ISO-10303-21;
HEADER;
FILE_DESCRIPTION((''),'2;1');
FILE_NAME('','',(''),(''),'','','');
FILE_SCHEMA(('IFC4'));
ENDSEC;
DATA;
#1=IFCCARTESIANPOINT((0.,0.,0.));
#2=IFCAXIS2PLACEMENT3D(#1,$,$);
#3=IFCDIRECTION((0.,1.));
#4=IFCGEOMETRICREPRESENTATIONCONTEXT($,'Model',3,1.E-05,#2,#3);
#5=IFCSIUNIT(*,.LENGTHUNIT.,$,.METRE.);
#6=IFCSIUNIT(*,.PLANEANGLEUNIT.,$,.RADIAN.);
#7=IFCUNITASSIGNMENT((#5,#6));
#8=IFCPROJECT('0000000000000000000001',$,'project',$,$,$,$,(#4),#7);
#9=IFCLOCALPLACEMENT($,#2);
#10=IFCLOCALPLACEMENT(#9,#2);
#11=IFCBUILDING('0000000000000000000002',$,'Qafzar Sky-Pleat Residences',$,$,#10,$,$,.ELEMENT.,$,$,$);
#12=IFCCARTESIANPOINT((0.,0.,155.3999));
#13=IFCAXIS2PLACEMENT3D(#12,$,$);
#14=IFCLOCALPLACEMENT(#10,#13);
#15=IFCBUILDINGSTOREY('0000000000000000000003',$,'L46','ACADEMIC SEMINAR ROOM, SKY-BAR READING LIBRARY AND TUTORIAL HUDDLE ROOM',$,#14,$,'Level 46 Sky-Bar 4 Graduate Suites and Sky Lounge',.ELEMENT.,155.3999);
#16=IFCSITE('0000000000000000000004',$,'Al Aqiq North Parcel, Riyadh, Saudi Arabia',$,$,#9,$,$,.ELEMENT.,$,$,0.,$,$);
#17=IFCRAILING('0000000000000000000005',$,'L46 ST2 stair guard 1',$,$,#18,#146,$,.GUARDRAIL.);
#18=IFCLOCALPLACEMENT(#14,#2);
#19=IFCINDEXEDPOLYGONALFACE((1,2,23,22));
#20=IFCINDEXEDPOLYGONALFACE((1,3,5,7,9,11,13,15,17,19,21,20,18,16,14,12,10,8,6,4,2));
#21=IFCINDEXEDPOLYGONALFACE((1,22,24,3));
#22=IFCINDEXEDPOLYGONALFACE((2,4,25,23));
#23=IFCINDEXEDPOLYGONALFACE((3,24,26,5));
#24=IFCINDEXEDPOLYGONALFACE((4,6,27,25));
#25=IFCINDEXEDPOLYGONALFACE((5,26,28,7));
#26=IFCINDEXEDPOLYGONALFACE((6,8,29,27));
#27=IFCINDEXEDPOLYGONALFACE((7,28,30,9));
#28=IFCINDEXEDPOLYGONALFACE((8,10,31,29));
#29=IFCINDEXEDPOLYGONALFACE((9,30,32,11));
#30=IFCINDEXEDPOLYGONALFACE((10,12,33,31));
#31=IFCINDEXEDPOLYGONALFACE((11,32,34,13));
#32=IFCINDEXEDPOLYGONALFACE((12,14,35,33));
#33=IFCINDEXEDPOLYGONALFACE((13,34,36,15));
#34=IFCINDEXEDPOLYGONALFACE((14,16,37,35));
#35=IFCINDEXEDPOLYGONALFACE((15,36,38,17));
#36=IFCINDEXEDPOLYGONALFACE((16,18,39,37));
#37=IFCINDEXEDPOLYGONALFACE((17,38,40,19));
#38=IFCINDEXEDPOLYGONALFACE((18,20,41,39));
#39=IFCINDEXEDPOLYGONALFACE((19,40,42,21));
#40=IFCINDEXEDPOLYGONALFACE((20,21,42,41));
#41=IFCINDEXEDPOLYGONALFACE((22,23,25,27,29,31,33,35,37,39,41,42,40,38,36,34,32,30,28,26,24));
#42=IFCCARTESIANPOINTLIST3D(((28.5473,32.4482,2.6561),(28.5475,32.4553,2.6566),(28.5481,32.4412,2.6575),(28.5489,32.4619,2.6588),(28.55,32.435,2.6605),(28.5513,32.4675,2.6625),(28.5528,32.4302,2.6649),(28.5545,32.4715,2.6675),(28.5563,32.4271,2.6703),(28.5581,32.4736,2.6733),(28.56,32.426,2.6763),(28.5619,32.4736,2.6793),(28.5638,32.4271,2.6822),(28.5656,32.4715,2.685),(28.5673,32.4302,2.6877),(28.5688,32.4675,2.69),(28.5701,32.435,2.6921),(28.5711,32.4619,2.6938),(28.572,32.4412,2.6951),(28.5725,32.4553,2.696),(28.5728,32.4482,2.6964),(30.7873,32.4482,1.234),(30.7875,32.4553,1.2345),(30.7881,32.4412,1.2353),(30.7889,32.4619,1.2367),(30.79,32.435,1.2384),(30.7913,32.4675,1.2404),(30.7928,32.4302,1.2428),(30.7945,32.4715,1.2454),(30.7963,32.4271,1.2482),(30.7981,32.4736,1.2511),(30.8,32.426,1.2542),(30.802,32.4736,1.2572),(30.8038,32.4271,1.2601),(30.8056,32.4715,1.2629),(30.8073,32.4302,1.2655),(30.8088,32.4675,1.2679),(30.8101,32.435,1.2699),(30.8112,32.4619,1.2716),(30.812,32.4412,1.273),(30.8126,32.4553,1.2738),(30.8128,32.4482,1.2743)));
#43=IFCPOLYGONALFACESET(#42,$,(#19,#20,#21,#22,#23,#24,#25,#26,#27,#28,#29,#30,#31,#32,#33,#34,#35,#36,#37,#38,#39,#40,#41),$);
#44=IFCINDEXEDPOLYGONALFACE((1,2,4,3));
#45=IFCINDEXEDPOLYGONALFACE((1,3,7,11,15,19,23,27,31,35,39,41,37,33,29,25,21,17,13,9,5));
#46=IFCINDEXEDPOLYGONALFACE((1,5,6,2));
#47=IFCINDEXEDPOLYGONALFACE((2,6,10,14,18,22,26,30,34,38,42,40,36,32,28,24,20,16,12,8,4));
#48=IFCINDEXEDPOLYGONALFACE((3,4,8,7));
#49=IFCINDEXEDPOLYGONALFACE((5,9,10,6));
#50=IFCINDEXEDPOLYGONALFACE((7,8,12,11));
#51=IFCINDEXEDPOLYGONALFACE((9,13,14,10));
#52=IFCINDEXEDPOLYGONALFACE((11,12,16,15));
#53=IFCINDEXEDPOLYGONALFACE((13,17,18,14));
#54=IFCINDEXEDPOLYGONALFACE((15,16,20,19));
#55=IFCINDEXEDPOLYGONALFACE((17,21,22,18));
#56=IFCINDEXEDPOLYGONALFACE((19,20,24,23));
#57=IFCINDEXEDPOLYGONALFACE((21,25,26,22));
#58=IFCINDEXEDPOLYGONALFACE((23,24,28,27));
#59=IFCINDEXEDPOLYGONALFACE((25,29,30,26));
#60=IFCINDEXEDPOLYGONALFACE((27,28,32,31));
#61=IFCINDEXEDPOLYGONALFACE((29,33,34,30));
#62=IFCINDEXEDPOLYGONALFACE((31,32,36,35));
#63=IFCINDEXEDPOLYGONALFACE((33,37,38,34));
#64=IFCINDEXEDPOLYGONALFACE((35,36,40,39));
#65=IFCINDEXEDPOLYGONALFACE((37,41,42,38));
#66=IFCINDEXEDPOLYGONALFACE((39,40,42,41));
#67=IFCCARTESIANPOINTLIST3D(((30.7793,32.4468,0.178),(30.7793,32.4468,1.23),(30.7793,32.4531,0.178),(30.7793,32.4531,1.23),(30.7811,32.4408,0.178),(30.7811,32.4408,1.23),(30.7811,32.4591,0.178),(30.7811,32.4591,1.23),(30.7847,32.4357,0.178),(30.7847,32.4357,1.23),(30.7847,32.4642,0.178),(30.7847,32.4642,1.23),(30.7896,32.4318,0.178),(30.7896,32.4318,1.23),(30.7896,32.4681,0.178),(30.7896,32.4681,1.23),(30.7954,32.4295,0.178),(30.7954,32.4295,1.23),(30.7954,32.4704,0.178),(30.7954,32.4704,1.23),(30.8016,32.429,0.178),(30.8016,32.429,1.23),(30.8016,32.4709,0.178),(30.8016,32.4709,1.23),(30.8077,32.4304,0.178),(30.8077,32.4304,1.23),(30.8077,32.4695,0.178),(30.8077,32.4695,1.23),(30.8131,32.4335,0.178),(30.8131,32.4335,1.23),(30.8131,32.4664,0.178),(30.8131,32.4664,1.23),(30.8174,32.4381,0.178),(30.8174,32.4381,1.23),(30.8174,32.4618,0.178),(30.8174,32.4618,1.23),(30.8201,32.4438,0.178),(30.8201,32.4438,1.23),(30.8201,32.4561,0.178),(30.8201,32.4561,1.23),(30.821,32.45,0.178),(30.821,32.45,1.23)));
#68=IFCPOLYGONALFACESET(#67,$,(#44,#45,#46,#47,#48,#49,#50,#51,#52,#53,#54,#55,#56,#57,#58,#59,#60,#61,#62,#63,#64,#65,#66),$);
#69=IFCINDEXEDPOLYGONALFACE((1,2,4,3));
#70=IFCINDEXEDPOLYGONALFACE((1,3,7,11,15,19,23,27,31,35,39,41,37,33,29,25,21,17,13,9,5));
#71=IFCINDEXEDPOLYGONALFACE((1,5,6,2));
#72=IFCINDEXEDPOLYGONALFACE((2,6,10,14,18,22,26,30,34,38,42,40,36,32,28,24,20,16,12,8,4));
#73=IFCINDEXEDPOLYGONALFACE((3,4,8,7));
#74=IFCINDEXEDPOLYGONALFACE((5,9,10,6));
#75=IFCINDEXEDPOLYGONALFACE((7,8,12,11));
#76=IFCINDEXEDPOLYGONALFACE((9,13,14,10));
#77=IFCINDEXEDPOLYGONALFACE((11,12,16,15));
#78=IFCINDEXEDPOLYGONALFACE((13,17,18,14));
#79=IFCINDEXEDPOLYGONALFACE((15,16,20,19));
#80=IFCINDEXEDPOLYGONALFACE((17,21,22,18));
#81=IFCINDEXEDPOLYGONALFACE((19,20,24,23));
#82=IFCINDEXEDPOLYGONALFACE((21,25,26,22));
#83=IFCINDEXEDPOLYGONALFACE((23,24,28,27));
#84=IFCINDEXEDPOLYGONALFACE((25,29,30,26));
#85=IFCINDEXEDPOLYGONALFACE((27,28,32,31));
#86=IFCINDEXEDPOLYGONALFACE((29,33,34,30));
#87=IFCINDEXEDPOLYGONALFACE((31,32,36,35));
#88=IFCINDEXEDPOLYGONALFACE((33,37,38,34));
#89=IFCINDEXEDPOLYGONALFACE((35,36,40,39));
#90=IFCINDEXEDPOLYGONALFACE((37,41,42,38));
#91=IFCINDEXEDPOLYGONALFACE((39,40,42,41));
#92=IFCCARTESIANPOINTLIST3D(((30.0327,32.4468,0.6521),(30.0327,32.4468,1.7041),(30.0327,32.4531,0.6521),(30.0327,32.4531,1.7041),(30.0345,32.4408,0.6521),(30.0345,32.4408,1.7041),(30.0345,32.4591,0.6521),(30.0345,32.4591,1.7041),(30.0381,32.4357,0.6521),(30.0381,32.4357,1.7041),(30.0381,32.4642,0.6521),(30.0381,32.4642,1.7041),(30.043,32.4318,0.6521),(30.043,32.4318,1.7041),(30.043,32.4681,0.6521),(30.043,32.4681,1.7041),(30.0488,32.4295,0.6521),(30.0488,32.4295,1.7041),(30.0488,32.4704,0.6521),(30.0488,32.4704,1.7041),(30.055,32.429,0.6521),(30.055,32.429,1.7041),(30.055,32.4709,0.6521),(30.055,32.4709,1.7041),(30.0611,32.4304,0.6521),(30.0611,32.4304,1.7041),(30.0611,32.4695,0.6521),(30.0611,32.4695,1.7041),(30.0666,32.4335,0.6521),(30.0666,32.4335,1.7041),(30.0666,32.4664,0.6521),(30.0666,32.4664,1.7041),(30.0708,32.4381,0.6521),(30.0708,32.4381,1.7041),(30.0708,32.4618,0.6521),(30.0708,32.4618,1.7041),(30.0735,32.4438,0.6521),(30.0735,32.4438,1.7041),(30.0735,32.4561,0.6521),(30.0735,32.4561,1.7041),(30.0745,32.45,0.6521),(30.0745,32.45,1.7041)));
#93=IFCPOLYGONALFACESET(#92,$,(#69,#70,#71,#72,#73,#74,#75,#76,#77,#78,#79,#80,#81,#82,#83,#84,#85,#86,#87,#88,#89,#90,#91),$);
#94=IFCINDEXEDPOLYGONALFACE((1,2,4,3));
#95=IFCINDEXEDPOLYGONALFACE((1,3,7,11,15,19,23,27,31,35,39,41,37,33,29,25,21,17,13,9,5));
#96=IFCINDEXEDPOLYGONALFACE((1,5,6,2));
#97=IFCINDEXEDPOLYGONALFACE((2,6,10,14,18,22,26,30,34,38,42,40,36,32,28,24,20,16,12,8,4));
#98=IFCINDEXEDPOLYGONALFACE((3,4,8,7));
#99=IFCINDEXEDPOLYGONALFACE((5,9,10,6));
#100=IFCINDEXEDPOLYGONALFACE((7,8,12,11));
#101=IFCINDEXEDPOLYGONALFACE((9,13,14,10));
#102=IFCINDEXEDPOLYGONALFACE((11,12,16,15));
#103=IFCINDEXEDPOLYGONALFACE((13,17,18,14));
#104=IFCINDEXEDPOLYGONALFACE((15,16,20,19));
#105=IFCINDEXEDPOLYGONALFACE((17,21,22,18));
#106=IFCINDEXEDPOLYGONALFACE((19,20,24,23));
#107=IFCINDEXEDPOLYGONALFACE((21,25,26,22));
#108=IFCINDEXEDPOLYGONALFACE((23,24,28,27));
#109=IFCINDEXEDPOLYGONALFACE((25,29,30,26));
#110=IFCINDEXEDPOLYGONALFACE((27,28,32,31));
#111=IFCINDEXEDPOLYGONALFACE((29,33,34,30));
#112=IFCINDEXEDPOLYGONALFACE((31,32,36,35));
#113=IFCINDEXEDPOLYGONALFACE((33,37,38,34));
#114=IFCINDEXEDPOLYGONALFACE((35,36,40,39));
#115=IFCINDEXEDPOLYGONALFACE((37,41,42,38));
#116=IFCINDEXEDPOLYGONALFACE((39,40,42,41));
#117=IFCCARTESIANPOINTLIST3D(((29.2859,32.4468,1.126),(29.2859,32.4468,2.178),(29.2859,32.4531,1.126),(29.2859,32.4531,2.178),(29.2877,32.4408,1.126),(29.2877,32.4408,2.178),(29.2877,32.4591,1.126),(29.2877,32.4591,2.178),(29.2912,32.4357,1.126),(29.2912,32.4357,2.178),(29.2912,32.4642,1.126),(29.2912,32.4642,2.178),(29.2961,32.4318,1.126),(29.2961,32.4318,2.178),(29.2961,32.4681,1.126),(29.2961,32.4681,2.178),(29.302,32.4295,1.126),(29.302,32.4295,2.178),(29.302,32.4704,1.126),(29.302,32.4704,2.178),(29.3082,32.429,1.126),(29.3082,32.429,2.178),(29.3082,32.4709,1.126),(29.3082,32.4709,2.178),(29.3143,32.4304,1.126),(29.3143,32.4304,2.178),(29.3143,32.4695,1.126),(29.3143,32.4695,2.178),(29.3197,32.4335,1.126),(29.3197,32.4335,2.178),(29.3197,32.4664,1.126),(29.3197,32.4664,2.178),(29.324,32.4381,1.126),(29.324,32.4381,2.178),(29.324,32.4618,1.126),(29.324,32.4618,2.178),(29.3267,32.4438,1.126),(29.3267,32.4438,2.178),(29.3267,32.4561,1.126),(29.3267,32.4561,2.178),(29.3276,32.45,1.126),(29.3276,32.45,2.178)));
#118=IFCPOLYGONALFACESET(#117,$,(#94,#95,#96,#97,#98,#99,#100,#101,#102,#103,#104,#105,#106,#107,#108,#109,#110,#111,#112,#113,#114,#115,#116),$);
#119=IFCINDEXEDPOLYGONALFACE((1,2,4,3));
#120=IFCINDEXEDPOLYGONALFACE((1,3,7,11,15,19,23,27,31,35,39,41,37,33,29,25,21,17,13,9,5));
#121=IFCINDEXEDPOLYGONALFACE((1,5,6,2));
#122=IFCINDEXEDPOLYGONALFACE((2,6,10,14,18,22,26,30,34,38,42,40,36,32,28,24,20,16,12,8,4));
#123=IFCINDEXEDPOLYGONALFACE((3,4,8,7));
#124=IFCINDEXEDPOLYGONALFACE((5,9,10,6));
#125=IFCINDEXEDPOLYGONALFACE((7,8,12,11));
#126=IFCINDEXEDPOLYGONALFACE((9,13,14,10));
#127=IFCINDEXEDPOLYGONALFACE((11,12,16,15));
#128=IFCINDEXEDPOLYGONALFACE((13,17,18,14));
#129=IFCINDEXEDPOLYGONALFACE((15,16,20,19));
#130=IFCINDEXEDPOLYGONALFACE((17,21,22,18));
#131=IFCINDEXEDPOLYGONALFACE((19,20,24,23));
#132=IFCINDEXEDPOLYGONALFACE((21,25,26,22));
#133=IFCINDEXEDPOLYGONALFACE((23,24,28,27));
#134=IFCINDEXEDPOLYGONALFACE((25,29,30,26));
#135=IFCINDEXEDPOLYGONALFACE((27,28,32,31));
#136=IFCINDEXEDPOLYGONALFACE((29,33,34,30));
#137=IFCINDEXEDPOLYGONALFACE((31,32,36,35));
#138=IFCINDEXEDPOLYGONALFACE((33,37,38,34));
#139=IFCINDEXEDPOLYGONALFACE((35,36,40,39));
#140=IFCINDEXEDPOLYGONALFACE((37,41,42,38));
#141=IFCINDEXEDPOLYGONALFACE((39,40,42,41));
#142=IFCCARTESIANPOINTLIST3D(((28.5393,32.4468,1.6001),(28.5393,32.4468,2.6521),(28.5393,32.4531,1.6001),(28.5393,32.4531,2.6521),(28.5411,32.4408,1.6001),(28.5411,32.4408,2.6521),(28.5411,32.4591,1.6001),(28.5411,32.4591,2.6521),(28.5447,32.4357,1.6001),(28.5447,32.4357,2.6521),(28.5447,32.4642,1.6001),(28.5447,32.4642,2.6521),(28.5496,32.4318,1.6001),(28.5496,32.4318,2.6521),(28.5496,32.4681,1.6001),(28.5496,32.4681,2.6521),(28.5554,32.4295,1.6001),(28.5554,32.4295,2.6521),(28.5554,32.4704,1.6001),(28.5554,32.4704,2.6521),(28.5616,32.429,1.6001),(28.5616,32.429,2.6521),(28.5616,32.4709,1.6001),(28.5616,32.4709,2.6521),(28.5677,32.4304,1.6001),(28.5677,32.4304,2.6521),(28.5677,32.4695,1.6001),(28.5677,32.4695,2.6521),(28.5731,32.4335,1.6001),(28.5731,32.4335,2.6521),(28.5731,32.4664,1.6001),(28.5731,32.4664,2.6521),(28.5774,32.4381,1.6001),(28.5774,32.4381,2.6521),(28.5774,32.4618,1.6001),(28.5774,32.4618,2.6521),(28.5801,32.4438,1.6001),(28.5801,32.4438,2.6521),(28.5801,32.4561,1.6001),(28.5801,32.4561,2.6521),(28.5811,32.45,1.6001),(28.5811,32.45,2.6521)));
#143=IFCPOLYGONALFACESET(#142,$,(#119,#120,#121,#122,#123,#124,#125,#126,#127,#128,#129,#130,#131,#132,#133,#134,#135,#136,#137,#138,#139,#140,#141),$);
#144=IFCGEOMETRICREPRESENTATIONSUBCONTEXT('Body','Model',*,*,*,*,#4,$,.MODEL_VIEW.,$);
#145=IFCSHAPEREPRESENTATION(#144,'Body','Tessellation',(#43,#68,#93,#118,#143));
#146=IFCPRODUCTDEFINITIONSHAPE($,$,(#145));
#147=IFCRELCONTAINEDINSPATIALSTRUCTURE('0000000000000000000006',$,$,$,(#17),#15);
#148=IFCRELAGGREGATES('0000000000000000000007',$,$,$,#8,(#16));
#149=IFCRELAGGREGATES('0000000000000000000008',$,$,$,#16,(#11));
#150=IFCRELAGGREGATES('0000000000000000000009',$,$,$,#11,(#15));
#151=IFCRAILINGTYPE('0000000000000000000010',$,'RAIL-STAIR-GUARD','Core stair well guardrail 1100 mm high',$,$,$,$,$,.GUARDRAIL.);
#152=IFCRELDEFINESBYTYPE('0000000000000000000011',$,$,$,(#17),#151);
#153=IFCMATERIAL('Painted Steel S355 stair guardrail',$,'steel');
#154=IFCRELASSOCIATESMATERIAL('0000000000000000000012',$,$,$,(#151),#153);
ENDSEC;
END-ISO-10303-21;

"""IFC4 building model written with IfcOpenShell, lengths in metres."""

from ifc_helpers import new_model, si_unit, direction, frame, origin, origin_2d, place, context, subcontext, project, spatial, circle, extrude, source, transform, mapped, material, type_object, element, save


model = new_model("IFC4")

# Units and contexts
model_context = context("Model", 3, precision=1e-05, world=origin(), true_north=direction((0.0, 1.0)))
body_context = subcontext(model_context, "Body", "Model", "MODEL_VIEW")
ifc_project = project(units=[si_unit("LENGTHUNIT", "METRE"), si_unit("PLANEANGLEUNIT", "RADIAN")], contexts=[model_context])

# Site, building, storey
site_placement = place(None, origin())
site = spatial("IfcSite", under=ifc_project, at=site_placement, Name="Al Aqiq North Parcel, Riyadh, Saudi Arabia", CompositionType="ELEMENT", RefElevation=0.0)
building_placement = place(site_placement, origin())
building = spatial("IfcBuilding", under=site, at=building_placement, Name="Qafzar Sky-Pleat Residences", CompositionType="ELEMENT")
storey_placement = place(building_placement, frame((0.0, 0.0, 155.3999)))
storey = spatial("IfcBuildingStorey", under=building, at=storey_placement, Name="L46", Description="ACADEMIC SEMINAR ROOM, SKY-BAR READING LIBRARY AND TUTORIAL HUDDLE ROOM", LongName="Level 46 Sky-Bar 4 Graduate Suites and Sky Lounge", CompositionType="ELEMENT", Elevation=155.3999)

# Railing
ifc_material_1 = material(Name="Painted Steel S355 stair guardrail", Category="steel")
railing_type_1 = type_object("IfcRailingType", Name="RAIL-STAIR-GUARD", Description="Core stair well guardrail 1100 mm high", PredefinedType="GUARDRAIL", material=ifc_material_1)
shared_shape_1 = source(origin(), body_context, "Body", "SweptSolid", [
    extrude(circle(Radius=0.0239, at=origin_2d()), frame((0.0, 0.0, 1.0762), z_axis=(-0.844229, 0.0, 0.535982), x_axis=(0.0, -1.0, 0.0)), (0.0, 0.0, 1.0), 2.6533),
    extrude(circle(Radius=0.021, at=origin_2d()), origin(), (0.0, 0.0, 1.0), 1.052),
    extrude(circle(Radius=0.021, at=origin_2d()), frame((-0.7466, 0.0, 0.4741)), (0.0, 0.0, 1.0), 1.052),
    extrude(circle(Radius=0.021, at=origin_2d()), frame((-1.4934, 0.0, 0.948)), (0.0, 0.0, 1.0), 1.052),
    extrude(circle(Radius=0.021, at=origin_2d()), frame((-2.24, 0.0, 1.4221)), (0.0, 0.0, 1.0), 1.052),
])
railing_1_placement = place(storey_placement, frame((30.8, 32.45, 0.178)))
element("IfcRailing", 1, at=railing_1_placement, inside=storey, type_object=railing_type_1, Name="L46 ST2 stair guard 1", PredefinedType="GUARDRAIL", context=body_context, shape_type="MappedRepresentation", body=[
    mapped(shared_shape_1, transform((0.0, 0.0, 0.0), x_axis=(1.0, 0.0, 0.0), y_axis=(0.0, 1.0, 0.0), z_axis=(0.0, 0.0, 1.0), scale=1.0)),
])

save(model, "model.ifc")
